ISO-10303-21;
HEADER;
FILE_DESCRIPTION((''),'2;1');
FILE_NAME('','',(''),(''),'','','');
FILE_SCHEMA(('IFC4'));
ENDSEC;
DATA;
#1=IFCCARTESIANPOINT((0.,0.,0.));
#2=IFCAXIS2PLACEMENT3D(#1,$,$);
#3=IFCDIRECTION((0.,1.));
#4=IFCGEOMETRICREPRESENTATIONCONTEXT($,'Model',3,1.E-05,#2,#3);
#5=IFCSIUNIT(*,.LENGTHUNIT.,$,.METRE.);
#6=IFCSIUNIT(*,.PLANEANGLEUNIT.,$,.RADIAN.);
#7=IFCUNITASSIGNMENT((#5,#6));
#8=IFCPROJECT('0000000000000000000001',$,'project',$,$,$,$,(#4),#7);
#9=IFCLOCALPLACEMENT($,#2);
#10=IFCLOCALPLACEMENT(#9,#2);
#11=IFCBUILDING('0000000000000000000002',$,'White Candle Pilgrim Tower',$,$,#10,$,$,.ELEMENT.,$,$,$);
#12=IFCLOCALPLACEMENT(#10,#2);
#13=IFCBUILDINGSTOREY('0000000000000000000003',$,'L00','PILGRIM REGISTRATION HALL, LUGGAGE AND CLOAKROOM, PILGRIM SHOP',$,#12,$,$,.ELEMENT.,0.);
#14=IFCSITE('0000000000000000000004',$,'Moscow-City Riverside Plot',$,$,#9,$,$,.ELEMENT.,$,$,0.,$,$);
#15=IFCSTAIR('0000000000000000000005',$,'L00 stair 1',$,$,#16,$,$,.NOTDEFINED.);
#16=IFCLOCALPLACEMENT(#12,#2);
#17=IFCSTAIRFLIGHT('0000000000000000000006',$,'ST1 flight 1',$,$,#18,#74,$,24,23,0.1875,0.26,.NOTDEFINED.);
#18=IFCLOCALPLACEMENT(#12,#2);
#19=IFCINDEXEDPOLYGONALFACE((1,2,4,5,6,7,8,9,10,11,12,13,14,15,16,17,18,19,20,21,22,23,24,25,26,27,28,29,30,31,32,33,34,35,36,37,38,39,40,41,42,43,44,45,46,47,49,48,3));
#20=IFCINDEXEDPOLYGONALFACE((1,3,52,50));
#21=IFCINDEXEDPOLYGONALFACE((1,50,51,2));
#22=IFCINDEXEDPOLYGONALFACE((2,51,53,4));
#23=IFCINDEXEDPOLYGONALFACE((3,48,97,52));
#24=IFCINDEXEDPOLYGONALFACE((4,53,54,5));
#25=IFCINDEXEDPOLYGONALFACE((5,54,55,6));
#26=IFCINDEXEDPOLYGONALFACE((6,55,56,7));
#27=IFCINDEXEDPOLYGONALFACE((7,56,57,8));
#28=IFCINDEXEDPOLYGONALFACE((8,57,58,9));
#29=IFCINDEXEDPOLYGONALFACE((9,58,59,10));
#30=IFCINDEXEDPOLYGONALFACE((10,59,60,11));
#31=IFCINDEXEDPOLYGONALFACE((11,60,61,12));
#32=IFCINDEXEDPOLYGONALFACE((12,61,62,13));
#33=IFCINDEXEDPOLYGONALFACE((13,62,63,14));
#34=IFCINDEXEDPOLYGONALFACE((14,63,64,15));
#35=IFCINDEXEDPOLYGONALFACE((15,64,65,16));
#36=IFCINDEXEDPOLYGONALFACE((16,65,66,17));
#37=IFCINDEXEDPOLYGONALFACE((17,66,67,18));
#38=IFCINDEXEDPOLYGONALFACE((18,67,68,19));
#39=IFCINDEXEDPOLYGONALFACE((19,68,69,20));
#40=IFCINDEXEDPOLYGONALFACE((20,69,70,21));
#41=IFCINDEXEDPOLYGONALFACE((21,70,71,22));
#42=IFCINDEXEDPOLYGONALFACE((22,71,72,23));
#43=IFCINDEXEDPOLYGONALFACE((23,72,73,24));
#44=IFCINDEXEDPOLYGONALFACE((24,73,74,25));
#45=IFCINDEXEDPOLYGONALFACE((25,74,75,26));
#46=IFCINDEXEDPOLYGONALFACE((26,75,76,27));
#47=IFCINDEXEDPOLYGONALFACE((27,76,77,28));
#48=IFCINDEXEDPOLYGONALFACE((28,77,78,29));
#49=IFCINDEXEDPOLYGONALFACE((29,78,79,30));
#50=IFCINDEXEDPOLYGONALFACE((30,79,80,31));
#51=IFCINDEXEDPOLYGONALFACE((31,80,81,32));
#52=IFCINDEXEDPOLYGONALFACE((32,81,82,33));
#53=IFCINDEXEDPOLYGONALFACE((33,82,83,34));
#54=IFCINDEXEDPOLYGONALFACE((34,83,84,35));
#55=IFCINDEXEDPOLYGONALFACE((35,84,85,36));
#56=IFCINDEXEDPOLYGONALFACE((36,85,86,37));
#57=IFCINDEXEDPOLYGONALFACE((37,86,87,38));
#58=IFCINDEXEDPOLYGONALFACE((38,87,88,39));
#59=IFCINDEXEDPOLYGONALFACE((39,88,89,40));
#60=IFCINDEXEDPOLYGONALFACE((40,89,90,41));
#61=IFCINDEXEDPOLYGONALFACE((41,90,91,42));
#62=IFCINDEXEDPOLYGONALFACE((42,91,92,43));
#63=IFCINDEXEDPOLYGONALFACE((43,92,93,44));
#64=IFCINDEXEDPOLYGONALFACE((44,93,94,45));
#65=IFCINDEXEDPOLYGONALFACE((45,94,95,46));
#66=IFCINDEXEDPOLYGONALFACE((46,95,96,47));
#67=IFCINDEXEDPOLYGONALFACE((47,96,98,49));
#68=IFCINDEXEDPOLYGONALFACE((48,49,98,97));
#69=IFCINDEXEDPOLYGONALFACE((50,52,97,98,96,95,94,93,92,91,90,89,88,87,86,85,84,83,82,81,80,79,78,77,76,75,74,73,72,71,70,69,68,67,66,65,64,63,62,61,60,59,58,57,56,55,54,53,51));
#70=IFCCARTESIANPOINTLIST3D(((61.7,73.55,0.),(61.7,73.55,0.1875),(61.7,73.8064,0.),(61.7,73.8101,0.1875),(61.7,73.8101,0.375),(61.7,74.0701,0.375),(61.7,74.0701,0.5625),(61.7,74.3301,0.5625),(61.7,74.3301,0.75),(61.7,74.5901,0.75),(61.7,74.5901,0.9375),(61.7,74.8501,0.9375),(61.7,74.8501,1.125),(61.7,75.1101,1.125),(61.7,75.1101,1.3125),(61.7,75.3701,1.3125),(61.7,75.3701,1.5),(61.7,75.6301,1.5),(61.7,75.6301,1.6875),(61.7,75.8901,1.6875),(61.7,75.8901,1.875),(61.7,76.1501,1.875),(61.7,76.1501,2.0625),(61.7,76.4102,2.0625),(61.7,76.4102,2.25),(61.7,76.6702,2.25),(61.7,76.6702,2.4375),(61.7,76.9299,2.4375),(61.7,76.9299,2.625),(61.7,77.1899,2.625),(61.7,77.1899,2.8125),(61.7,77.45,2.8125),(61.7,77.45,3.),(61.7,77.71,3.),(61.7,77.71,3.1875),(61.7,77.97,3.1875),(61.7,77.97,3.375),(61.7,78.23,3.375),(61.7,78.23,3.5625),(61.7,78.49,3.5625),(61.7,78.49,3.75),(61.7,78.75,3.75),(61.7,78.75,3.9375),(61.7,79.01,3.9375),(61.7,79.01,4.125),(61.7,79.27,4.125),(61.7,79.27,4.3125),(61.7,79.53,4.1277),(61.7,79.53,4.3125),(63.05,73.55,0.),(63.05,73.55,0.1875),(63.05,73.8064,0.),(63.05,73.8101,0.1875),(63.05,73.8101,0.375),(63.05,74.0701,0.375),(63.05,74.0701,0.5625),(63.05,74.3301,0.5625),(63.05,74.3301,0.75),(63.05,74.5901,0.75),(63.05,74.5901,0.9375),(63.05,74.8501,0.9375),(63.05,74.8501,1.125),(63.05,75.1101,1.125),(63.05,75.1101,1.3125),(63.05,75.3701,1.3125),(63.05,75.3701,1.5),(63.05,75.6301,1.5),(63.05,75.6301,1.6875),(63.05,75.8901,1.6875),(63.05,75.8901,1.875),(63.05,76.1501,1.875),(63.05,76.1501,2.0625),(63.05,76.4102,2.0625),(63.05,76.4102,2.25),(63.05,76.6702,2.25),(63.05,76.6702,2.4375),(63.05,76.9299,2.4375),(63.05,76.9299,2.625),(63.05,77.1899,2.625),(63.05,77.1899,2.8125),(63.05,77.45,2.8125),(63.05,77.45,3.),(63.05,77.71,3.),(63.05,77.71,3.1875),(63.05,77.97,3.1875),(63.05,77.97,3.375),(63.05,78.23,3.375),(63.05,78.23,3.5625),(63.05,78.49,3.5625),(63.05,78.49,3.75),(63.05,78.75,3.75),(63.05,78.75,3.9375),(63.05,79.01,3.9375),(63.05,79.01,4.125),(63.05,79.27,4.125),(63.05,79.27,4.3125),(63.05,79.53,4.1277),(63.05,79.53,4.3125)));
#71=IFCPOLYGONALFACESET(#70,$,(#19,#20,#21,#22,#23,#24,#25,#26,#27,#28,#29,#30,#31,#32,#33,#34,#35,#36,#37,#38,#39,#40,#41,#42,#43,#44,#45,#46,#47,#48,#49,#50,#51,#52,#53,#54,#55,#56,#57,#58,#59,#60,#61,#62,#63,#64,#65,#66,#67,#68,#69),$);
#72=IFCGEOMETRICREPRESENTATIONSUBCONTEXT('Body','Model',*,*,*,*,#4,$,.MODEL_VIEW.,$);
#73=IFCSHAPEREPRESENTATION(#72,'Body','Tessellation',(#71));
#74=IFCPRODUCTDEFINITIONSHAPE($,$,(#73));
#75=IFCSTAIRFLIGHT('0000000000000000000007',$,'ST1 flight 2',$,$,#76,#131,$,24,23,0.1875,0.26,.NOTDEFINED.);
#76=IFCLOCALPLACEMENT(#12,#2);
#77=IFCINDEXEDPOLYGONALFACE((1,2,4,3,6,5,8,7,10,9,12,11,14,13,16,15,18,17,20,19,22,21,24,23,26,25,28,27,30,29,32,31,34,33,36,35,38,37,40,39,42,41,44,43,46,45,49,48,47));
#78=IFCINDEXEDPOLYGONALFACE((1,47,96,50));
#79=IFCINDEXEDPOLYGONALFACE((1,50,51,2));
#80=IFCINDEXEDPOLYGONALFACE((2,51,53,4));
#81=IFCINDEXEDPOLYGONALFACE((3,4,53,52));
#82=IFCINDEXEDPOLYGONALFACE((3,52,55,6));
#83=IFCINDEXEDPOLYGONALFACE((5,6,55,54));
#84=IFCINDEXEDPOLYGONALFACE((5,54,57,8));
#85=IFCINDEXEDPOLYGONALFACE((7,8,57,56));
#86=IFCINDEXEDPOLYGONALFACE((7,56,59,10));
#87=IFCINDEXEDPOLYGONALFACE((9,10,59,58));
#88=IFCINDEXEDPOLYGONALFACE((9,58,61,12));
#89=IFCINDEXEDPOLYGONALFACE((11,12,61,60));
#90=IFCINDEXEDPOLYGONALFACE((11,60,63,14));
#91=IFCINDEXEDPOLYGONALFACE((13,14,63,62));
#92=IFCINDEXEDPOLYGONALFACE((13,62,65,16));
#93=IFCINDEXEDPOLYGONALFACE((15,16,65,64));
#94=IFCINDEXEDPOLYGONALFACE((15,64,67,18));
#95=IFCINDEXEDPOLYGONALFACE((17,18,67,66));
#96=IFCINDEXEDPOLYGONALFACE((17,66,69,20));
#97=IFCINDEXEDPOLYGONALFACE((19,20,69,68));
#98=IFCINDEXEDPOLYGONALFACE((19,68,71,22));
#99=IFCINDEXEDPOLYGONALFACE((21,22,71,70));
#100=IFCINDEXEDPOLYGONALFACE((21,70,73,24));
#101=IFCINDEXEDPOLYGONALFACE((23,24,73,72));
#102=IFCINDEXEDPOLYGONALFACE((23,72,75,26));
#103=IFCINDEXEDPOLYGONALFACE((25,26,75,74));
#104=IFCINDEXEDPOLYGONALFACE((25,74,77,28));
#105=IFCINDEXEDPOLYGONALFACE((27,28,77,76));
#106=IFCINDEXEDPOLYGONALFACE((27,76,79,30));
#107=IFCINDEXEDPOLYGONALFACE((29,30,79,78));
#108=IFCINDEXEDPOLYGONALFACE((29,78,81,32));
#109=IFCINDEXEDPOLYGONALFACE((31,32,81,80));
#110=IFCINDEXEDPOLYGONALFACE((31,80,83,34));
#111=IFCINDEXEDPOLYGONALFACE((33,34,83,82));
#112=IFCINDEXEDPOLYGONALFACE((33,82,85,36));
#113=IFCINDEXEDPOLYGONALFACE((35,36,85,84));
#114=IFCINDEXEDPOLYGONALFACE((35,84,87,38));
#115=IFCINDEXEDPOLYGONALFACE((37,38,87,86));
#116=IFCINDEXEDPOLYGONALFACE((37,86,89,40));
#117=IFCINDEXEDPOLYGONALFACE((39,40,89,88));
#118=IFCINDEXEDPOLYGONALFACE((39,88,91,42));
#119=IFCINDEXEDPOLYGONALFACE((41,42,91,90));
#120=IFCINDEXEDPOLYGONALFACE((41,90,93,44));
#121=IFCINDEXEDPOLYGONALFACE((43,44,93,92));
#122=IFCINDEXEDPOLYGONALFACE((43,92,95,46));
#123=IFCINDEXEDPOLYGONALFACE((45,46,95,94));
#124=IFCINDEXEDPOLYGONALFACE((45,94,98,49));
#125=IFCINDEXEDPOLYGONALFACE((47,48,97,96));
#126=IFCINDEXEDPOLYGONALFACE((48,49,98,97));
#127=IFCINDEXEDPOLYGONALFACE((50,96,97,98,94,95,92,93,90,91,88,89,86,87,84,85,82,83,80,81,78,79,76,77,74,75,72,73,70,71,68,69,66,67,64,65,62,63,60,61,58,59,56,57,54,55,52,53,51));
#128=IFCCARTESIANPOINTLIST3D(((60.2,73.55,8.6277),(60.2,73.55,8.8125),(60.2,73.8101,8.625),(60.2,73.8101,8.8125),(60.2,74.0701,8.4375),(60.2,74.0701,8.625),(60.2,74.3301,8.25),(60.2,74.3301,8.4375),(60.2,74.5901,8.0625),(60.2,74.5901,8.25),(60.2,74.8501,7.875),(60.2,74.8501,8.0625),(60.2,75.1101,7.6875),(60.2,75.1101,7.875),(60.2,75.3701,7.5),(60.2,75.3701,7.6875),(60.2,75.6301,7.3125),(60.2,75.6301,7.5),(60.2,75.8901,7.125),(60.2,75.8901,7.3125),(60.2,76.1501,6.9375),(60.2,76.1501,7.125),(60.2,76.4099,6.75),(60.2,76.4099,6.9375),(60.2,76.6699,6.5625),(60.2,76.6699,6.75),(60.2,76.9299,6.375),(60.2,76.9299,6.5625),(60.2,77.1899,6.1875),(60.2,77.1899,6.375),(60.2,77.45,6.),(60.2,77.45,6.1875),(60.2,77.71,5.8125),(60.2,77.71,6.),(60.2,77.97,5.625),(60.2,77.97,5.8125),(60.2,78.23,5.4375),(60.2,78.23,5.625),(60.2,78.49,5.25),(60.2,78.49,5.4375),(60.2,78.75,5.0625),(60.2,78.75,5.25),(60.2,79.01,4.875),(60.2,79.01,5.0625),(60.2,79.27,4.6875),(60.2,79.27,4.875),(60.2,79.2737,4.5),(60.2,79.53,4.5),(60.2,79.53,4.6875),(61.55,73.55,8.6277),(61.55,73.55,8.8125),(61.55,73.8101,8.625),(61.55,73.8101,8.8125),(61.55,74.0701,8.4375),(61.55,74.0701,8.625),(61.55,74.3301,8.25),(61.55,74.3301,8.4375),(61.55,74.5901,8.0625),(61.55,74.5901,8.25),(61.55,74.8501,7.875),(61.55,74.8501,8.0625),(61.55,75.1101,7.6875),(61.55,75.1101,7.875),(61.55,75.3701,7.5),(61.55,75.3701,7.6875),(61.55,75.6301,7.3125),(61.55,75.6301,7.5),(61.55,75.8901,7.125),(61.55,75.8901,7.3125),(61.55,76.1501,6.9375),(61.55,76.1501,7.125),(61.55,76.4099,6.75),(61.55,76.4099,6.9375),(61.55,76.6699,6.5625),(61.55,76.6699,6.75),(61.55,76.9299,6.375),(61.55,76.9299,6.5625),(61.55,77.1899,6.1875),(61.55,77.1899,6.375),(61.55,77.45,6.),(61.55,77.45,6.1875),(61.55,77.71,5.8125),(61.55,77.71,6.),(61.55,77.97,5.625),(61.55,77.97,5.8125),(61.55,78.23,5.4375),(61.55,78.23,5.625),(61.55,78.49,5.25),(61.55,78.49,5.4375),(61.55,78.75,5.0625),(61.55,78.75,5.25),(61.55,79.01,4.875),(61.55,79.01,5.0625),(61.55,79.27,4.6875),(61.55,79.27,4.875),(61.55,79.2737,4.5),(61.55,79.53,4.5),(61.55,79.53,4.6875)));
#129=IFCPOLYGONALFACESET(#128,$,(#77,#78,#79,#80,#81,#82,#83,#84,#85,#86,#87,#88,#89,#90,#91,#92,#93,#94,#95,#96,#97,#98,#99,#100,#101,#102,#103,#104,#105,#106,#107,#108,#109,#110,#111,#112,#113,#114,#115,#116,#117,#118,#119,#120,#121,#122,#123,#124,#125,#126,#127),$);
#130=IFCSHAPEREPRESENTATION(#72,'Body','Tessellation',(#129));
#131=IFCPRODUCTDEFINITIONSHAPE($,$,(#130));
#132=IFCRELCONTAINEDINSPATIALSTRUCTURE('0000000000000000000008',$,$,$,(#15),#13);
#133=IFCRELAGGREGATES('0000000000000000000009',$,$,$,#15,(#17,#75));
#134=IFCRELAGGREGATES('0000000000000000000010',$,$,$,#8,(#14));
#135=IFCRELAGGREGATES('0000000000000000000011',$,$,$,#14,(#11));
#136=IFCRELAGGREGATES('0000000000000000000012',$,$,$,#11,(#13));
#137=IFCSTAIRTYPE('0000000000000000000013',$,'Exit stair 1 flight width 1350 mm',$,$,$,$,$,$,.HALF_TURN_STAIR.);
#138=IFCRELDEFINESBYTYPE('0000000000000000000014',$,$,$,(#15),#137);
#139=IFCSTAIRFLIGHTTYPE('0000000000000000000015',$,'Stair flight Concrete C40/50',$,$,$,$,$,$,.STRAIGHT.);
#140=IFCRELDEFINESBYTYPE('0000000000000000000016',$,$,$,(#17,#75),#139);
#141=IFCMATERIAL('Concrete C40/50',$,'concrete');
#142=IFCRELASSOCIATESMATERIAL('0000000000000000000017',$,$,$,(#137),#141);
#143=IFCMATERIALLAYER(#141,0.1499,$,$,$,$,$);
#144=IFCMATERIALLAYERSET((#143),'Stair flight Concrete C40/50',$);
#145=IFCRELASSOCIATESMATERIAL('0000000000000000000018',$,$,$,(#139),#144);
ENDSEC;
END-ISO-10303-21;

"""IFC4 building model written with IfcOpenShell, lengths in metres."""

from ifc_helpers import new_model, si_unit, direction, frame, origin, place, context, subcontext, project, spatial, polyline, outline, extrude, material, layer, layer_set, type_object, element, aggregate, save


model = new_model("IFC4")

# Units and contexts
model_context = context("Model", 3, precision=1e-05, world=origin(), true_north=direction((0.0, 1.0)))
body_context = subcontext(model_context, "Body", "Model", "MODEL_VIEW")
ifc_project = project(units=[si_unit("LENGTHUNIT", "METRE"), si_unit("PLANEANGLEUNIT", "RADIAN")], contexts=[model_context])

# Site, building, storey
site_placement = place(None, origin())
site = spatial("IfcSite", under=ifc_project, at=site_placement, Name="Moscow-City Riverside Plot", CompositionType="ELEMENT", RefElevation=0.0)
building_placement = place(site_placement, origin())
building = spatial("IfcBuilding", under=site, at=building_placement, Name="White Candle Pilgrim Tower", CompositionType="ELEMENT")
storey_placement = place(building_placement, origin())
storey = spatial("IfcBuildingStorey", under=building, at=storey_placement, Name="L00", Description="PILGRIM REGISTRATION HALL, LUGGAGE AND CLOAKROOM, PILGRIM SHOP", CompositionType="ELEMENT", Elevation=0.0)

# Stair, stair flights
ifc_material_1 = material(Name="Concrete C40/50", Category="concrete")
stair_type = type_object("IfcStairType", Name="Exit stair 1 flight width 1350 mm", PredefinedType="HALF_TURN_STAIR", material=ifc_material_1)
stair_placement = place(storey_placement, origin())
stair = element("IfcStair", 1, at=stair_placement, inside=storey, type_object=stair_type, Name="L00 stair 1", PredefinedType="NOTDEFINED")
ifc_layer_1 = layer(ifc_material_1, 0.1499)
ifc_layer_set_1 = layer_set([ifc_layer_1], Name="Stair flight Concrete C40/50")
stair_flight_type = type_object("IfcStairFlightType", Name="Stair flight Concrete C40/50", PredefinedType="STRAIGHT", material=ifc_layer_set_1)
stair_flight_1_placement = place(storey_placement, frame((62.375, 73.55, 0.0), z_axis=(0.0, 0.0, 1.0), x_axis=(0.0, 1.0, 0.0)))
stair_flight_1 = element("IfcStairFlight", 2, at=stair_flight_1_placement, type_object=stair_flight_type, Name="ST1 flight 1", NumberOfRisers=24, NumberOfTreads=23, PredefinedType="NOTDEFINED", RiserHeight=0.1875, TreadLength=0.26, context=body_context, shape_type="SweptSolid", body=[
    extrude(outline(polyline([(0.0, 0.0), (0.0, 0.1875), (0.26, 0.1875), (0.26, 0.375), (0.52, 0.375), (0.52, 0.5625), (0.78, 0.5625), (0.78, 0.75), (1.04, 0.75), (1.04, 0.9375), (1.3, 0.9375), (1.3, 1.125), (1.5601, 1.125), (1.5601, 1.3125), (1.8201, 1.3125), (1.8201, 1.5), (2.0801, 1.5), (2.0801, 1.6875), (2.3401, 1.6875), (2.3401, 1.875), (2.6001, 1.875), (2.6001, 2.0625), (2.8601, 2.0625), (2.8601, 2.25), (3.1201, 2.25), (3.1201, 2.4375), (3.3799, 2.4375), (3.3799, 2.625), (3.6399, 2.625), (3.6399, 2.8125), (3.8999, 2.8125), (3.8999, 3.0), (4.1599, 3.0), (4.1599, 3.1875), (4.4199, 3.1875), (4.4199, 3.375), (4.6799, 3.375), (4.6799, 3.5625), (4.9399, 3.5625), (4.9399, 3.75), (5.2, 3.75), (5.2, 3.9375), (5.46, 3.9375), (5.46, 4.125), (5.72, 4.125), (5.72, 4.3125), (5.98, 4.3125), (5.98, 4.5), (5.98, 4.1277), (0.2563, 0.0), (0.0, 0.0)])), frame((0.0, 0.675, 0.0), z_axis=(0.0, -1.0, 0.0), x_axis=(1.0, 0.0, 0.0)), (0.0, 0.0, 1.0), 1.3501),
])
stair_flight_2_placement = place(storey_placement, frame((60.875, 79.53, 4.5), z_axis=(0.0, 0.0, 1.0), x_axis=(0.0, -1.0, 0.0)))
stair_flight_2 = element("IfcStairFlight", 3, at=stair_flight_2_placement, type_object=stair_flight_type, Name="ST1 flight 2", NumberOfRisers=24, NumberOfTreads=23, PredefinedType="NOTDEFINED", RiserHeight=0.1875, TreadLength=0.26, context=body_context, shape_type="SweptSolid", body=[
    extrude(outline(polyline([(0.0, 0.0), (0.0, 0.1875), (0.26, 0.1875), (0.26, 0.375), (0.52, 0.375), (0.52, 0.5625), (0.78, 0.5625), (0.78, 0.75), (1.04, 0.75), (1.04, 0.9375), (1.3, 0.9375), (1.3, 1.125), (1.5601, 1.125), (1.5601, 1.3125), (1.8201, 1.3125), (1.8201, 1.5), (2.0801, 1.5), (2.0801, 1.6875), (2.3401, 1.6875), (2.3401, 1.875), (2.6001, 1.875), (2.6001, 2.0625), (2.8601, 2.0625), (2.8601, 2.25), (3.1201, 2.25), (3.1201, 2.4375), (3.3799, 2.4375), (3.3799, 2.625), (3.6399, 2.625), (3.6399, 2.8125), (3.8999, 2.8125), (3.8999, 3.0), (4.1599, 3.0), (4.1599, 3.1875), (4.4199, 3.1875), (4.4199, 3.375), (4.6799, 3.375), (4.6799, 3.5625), (4.9399, 3.5625), (4.9399, 3.75), (5.2, 3.75), (5.2, 3.9375), (5.46, 3.9375), (5.46, 4.125), (5.72, 4.125), (5.72, 4.3125), (5.98, 4.3125), (5.98, 4.5), (5.98, 4.1277), (0.2563, 0.0), (0.0, 0.0)])), frame((0.0, 0.675, 0.0), z_axis=(0.0, -1.0, 0.0), x_axis=(1.0, 0.0, 0.0)), (0.0, 0.0, 1.0), 1.3501),
])
aggregate(stair, [stair_flight_1, stair_flight_2])

save(model, "model.ifc")
